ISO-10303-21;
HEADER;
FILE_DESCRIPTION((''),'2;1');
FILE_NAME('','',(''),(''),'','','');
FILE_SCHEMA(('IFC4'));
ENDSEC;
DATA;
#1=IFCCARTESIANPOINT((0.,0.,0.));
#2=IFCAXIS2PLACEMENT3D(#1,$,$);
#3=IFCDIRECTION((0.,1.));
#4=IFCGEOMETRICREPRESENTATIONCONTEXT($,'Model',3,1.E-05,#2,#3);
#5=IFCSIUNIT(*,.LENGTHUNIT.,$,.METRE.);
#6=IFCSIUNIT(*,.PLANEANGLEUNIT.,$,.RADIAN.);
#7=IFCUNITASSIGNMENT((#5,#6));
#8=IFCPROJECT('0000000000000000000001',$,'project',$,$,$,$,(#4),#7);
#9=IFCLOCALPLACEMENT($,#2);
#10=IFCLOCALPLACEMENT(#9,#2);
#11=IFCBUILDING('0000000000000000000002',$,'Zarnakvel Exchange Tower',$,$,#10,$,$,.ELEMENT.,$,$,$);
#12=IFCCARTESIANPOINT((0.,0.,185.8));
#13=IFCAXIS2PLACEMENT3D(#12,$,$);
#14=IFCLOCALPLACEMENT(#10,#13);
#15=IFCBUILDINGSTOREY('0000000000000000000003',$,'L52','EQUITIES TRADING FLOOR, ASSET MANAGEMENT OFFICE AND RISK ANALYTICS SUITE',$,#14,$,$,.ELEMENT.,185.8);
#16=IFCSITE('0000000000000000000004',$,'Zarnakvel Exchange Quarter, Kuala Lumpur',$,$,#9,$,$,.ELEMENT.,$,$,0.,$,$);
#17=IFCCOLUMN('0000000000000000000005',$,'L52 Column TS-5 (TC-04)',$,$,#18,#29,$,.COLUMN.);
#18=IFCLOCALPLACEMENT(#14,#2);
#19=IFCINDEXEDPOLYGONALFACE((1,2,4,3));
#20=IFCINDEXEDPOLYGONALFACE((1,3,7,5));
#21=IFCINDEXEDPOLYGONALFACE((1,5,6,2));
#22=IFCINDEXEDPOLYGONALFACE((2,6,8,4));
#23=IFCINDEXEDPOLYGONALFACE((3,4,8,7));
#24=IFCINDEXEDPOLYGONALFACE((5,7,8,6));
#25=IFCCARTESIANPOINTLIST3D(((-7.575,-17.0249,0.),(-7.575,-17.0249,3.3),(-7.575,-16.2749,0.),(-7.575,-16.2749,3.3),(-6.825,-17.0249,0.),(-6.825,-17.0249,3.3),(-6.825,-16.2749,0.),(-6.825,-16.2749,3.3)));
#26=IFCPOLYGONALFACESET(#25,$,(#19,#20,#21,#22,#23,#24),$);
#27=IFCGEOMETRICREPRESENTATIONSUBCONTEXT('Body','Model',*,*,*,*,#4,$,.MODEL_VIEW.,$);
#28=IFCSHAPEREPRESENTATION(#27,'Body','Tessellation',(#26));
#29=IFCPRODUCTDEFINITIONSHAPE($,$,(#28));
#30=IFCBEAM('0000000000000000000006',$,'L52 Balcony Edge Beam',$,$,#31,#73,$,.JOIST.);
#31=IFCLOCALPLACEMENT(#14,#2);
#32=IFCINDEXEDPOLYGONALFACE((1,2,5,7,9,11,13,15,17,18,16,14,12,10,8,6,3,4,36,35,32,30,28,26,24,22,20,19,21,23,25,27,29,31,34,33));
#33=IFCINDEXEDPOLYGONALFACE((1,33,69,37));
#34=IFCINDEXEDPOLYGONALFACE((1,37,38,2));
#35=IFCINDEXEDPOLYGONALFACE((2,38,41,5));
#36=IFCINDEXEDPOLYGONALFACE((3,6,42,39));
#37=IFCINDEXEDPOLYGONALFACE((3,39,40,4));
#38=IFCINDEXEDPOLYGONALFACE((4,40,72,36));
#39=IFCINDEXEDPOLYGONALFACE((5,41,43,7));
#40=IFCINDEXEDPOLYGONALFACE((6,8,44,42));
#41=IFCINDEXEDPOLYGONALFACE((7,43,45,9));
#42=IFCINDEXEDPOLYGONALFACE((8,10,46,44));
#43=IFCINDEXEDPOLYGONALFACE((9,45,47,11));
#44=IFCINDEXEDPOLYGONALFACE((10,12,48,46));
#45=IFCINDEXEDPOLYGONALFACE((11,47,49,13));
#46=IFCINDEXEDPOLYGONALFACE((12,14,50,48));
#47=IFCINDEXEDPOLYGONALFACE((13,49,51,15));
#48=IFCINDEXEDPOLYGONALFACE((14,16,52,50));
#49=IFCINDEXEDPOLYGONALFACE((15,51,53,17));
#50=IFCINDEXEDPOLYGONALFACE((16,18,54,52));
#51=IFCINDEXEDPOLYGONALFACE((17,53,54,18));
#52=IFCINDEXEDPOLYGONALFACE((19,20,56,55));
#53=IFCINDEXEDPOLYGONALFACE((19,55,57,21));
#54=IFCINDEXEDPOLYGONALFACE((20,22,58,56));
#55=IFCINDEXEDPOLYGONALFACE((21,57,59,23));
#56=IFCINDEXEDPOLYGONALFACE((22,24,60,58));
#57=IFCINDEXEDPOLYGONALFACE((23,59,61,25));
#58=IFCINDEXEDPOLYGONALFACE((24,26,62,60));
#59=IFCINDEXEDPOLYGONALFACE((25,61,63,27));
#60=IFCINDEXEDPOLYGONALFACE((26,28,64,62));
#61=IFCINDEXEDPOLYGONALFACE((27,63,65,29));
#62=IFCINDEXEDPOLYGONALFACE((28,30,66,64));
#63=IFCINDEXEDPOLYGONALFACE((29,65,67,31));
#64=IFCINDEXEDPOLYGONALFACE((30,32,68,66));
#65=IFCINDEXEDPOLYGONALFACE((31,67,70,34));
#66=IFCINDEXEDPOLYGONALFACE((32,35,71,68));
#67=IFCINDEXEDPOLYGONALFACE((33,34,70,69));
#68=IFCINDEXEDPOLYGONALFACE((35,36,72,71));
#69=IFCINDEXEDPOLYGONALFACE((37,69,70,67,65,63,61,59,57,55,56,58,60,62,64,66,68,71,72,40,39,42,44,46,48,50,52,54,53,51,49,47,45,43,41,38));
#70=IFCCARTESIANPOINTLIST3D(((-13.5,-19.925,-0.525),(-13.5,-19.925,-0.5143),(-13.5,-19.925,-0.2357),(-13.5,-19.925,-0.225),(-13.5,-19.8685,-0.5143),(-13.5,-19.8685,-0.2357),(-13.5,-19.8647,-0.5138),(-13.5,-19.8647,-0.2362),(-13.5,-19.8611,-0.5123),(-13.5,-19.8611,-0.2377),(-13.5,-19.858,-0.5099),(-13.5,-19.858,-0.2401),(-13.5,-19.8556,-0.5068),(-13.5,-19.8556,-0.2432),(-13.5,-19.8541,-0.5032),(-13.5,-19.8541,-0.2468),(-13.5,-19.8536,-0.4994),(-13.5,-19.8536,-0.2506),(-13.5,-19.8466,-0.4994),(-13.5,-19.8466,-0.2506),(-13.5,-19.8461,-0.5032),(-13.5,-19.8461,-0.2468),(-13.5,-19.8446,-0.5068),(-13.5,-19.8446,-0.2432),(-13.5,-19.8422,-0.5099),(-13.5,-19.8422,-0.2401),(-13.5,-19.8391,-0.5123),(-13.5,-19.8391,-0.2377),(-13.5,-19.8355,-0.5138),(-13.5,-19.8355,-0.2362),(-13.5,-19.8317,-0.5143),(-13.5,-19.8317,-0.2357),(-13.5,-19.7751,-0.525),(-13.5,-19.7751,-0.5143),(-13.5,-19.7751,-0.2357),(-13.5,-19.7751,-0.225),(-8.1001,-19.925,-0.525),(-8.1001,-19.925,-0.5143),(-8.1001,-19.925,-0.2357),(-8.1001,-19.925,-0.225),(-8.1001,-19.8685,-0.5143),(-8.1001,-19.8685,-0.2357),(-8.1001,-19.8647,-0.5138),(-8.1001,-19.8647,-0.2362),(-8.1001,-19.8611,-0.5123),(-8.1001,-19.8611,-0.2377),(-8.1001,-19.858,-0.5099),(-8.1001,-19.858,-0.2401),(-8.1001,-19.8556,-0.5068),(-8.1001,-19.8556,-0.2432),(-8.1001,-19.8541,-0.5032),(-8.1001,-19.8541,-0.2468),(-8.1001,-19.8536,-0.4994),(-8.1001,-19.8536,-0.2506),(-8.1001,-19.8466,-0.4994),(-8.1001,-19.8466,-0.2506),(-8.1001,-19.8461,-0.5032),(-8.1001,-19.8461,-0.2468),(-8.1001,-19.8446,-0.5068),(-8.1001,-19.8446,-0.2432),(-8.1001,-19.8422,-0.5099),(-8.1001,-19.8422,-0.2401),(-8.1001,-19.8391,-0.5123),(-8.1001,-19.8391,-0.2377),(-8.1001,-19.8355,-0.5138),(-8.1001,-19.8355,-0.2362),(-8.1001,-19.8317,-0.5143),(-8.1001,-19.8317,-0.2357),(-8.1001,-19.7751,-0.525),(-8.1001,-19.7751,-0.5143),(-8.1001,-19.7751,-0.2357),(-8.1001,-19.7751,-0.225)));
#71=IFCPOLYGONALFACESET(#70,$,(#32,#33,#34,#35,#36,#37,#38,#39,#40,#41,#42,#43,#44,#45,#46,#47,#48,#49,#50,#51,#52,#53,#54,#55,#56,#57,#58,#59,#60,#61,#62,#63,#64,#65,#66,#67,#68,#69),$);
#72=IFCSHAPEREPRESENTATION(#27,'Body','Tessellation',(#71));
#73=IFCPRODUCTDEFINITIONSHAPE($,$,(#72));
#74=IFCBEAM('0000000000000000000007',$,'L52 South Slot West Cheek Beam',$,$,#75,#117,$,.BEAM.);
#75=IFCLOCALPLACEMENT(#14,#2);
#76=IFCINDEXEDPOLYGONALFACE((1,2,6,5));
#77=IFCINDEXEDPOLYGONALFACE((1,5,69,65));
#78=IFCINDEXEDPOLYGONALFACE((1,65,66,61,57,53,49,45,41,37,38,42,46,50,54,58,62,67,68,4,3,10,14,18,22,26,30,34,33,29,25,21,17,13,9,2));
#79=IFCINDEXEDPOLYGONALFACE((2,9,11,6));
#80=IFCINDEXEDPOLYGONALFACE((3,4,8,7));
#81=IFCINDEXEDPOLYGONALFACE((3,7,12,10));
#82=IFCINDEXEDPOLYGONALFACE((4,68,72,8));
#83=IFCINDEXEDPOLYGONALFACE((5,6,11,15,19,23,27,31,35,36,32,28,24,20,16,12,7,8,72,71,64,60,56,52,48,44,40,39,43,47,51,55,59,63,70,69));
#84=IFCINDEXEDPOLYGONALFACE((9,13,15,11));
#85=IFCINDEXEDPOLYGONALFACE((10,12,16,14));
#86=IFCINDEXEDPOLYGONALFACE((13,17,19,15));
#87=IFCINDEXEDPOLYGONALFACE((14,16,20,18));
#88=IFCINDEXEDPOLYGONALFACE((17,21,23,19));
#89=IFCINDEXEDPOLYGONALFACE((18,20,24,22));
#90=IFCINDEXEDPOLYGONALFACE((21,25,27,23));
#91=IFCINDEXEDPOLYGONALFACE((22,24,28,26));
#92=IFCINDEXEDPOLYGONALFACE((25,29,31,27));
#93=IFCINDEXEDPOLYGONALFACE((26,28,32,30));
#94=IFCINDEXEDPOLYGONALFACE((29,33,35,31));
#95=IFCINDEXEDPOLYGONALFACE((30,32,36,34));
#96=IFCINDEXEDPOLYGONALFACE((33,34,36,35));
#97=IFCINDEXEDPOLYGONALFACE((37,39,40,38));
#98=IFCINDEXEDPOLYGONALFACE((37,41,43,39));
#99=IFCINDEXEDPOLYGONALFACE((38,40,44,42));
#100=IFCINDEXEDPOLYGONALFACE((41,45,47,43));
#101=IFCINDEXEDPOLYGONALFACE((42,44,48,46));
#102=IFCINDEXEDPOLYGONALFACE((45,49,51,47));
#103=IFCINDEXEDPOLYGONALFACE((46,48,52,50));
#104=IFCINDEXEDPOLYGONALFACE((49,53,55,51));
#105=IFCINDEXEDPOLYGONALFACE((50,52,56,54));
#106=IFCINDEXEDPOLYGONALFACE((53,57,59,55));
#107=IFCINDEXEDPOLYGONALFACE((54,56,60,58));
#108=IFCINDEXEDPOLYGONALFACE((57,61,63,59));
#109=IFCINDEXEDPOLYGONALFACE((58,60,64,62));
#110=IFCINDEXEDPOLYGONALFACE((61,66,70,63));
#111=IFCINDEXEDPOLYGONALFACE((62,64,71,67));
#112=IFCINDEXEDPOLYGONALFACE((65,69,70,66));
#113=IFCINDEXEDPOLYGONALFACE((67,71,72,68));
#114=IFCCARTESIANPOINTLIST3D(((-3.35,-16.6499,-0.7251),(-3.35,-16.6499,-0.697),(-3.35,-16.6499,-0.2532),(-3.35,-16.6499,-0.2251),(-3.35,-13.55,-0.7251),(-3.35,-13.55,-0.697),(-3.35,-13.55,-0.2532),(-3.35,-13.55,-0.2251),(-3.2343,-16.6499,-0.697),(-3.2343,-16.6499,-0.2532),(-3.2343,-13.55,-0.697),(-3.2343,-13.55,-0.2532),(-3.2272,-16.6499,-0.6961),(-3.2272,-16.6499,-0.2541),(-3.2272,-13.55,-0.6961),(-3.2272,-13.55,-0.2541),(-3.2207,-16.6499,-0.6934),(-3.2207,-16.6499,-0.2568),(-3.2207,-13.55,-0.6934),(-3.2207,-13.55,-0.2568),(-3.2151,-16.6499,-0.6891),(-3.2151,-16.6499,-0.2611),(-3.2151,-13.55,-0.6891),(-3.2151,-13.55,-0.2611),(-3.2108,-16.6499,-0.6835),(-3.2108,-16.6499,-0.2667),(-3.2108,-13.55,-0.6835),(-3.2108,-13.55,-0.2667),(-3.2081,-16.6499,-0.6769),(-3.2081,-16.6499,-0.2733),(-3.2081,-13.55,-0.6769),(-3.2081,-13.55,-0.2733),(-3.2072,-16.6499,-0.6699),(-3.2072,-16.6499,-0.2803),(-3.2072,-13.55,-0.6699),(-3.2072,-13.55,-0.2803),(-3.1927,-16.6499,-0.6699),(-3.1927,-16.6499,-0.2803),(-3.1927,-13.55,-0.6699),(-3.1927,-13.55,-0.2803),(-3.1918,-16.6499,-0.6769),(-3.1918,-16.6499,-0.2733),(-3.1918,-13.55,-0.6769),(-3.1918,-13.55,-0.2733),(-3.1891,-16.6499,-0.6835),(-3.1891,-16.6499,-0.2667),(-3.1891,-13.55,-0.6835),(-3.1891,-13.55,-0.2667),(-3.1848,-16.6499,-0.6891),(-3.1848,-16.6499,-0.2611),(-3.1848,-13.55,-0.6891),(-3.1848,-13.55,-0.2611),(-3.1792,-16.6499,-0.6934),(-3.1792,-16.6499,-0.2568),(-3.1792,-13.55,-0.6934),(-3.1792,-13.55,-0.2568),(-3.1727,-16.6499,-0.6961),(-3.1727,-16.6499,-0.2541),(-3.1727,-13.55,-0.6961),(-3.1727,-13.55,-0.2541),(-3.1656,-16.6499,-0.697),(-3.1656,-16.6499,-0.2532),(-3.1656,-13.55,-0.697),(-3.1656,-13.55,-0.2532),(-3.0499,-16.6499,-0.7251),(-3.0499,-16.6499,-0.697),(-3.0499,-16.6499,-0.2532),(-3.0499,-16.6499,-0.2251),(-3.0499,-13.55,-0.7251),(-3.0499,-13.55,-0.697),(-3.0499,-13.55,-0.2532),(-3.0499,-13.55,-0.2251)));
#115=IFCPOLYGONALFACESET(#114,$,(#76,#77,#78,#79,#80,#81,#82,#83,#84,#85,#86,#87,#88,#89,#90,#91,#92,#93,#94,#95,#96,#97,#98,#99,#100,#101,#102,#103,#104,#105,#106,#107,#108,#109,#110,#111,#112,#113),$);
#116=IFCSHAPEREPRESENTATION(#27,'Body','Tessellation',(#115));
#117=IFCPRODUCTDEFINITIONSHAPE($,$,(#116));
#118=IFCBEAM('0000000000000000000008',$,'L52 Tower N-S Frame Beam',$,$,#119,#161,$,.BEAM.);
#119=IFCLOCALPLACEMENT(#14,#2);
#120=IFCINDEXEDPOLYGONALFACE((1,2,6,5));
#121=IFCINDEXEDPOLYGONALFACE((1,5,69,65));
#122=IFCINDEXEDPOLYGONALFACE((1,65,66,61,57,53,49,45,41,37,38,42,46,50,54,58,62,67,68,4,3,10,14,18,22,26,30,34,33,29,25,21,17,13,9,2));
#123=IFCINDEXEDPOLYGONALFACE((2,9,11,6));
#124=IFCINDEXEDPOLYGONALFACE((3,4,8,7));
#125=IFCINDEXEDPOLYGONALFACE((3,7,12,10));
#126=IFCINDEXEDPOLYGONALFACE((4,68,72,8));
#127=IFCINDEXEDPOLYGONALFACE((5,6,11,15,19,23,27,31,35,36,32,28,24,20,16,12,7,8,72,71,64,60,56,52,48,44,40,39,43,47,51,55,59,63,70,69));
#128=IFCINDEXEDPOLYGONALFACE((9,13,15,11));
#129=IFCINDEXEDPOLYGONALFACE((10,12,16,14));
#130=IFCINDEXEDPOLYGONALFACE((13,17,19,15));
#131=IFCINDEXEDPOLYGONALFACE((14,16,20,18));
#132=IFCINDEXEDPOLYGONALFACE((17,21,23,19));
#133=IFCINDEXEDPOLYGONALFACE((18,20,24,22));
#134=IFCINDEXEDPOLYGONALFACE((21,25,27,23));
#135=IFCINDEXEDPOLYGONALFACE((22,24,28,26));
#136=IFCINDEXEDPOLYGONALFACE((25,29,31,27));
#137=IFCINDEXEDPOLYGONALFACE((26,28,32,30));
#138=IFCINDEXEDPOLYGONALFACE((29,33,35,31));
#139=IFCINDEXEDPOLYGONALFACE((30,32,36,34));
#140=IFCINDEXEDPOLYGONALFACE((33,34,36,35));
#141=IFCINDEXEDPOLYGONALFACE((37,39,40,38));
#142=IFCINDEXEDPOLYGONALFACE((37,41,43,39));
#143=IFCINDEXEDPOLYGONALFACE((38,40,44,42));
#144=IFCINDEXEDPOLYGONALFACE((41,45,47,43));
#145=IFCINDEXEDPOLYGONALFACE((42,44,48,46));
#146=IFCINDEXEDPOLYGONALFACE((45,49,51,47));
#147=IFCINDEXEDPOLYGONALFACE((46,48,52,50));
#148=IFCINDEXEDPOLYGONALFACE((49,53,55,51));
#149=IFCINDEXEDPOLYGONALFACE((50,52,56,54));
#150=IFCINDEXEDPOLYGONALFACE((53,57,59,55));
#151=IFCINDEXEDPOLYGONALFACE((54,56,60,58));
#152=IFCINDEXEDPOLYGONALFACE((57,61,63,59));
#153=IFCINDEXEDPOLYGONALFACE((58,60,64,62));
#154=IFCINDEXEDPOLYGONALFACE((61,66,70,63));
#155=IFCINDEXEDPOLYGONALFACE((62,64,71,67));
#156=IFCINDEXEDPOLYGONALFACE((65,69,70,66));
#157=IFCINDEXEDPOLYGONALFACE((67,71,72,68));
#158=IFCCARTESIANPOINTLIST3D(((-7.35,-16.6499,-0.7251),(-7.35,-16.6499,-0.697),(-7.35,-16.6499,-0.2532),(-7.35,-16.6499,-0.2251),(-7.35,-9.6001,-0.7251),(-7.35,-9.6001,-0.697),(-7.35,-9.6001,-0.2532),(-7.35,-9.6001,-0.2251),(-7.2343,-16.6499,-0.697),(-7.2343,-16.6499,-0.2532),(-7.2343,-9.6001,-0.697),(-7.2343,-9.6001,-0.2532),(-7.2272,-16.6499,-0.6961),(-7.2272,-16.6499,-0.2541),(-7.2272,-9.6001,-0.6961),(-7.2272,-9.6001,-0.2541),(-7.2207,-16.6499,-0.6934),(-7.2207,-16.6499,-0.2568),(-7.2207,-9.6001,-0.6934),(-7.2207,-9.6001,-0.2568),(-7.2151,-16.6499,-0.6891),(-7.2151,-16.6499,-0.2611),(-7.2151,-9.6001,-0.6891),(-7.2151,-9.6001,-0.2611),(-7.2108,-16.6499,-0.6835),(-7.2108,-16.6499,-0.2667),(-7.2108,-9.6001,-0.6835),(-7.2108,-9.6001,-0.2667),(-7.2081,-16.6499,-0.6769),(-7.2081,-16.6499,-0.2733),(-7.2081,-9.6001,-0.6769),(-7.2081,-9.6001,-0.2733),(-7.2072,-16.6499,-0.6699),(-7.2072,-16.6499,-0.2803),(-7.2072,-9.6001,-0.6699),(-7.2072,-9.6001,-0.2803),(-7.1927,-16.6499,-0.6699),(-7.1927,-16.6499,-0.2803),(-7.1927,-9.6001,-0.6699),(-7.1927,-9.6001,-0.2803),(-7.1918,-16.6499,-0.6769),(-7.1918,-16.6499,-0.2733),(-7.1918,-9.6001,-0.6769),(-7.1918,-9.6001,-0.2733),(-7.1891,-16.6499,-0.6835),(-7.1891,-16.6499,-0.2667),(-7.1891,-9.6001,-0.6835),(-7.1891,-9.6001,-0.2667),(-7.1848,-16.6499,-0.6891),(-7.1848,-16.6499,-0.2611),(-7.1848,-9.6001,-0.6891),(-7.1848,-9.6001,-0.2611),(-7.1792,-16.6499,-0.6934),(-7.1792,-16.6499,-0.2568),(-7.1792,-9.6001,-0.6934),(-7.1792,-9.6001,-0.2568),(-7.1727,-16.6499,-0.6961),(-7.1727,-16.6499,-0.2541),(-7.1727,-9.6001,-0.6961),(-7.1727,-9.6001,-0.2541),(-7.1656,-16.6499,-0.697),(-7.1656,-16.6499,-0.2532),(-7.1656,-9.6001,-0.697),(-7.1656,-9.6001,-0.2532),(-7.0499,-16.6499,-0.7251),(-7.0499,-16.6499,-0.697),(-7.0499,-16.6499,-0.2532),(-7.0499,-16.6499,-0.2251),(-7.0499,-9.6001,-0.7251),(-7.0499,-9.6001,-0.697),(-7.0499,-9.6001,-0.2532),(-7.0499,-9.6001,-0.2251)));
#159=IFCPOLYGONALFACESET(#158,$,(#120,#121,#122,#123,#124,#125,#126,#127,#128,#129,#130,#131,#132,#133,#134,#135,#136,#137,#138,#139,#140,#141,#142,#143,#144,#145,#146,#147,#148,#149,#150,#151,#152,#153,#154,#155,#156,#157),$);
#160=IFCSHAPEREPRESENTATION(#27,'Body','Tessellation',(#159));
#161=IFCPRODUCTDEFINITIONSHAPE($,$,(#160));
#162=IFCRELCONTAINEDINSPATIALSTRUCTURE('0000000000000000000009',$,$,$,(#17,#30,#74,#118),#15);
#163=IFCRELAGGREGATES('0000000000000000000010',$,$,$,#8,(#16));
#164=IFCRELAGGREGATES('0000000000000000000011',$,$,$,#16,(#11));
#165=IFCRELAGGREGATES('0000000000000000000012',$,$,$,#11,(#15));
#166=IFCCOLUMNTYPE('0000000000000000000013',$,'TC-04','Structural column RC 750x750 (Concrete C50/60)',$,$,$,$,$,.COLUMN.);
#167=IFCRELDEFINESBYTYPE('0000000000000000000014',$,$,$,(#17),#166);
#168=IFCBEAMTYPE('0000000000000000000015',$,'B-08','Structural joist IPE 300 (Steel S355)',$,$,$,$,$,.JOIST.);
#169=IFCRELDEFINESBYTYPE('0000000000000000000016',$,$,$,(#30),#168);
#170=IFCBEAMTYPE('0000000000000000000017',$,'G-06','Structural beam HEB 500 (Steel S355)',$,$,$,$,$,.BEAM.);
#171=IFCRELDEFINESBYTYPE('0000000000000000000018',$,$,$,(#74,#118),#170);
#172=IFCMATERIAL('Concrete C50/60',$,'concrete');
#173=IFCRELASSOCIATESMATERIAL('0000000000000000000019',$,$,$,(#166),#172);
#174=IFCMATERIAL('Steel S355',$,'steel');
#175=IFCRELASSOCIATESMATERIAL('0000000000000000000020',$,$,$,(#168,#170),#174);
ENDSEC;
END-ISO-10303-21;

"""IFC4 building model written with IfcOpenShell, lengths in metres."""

from ifc_helpers import new_model, si_unit, direction, frame, origin, origin_2d, place, context, subcontext, project, spatial, rectangle, i_section, extrude, material, material_profile, profile_set, type_object, element, save


model = new_model("IFC4")

# Units and contexts
model_context = context("Model", 3, precision=1e-05, world=origin(), true_north=direction((0.0, 1.0)))
body_context = subcontext(model_context, "Body", "Model", "MODEL_VIEW")
ifc_project = project(units=[si_unit("LENGTHUNIT", "METRE"), si_unit("PLANEANGLEUNIT", "RADIAN")], contexts=[model_context])

# Site, building, storey
site_placement = place(None, origin())
site = spatial("IfcSite", under=ifc_project, at=site_placement, Name="Zarnakvel Exchange Quarter, Kuala Lumpur", CompositionType="ELEMENT", RefElevation=0.0)
building_placement = place(site_placement, origin())
building = spatial("IfcBuilding", under=site, at=building_placement, Name="Zarnakvel Exchange Tower", CompositionType="ELEMENT")
storey_placement = place(building_placement, frame((0.0, 0.0, 185.8)))
storey = spatial("IfcBuildingStorey", under=building, at=storey_placement, Name="L52", Description="EQUITIES TRADING FLOOR, ASSET MANAGEMENT OFFICE AND RISK ANALYTICS SUITE", CompositionType="ELEMENT", Elevation=185.8)

# Column
ifc_material_1 = material(Name="Concrete C50/60", Category="concrete")
ifc_material_profile_1 = material_profile(ifc_material_1, rectangle(XDim=0.75, YDim=0.75, at=origin_2d()))
ifc_profile_set_1 = profile_set([ifc_material_profile_1], Name="Concrete C50/60")
column_type = type_object("IfcColumnType", Name="TC-04", Description="Structural column RC 750x750 (Concrete C50/60)", PredefinedType="COLUMN", material=ifc_profile_set_1)
column_placement = place(storey_placement, frame((-7.2, -16.6499, 0.0), z_axis=(0.0, 0.0, 1.0), x_axis=(1.0, 0.0, 0.0)))
element("IfcColumn", 1, at=column_placement, inside=storey, type_object=column_type, Name="L52 Column TS-5 (TC-04)", PredefinedType="COLUMN", context=body_context, shape_type="SweptSolid", body=[
    extrude(rectangle(XDim=0.75, YDim=0.75, at=origin_2d()), origin(), (0.0, 0.0, 1.0), 3.3),
])

# Beams
ifc_material_2 = material(Name="Steel S355", Category="steel")
ifc_material_profile_2 = material_profile(ifc_material_2, i_section(OverallWidth=0.1499, OverallDepth=0.3, WebThickness=0.0071, FlangeThickness=0.0107, FilletRadius=0.0149, at=origin_2d()))
ifc_profile_set_2 = profile_set([ifc_material_profile_2], Name="Steel S355")
beam_type_1 = type_object("IfcBeamType", Name="B-08", Description="Structural joist IPE 300 (Steel S355)", PredefinedType="JOIST", material=ifc_profile_set_2)
beam_1_placement = place(storey_placement, frame((-13.5, -19.8501, -0.375), z_axis=(1.0, 0.0, 0.0), x_axis=(0.0, 1.0, 0.0)))
element("IfcBeam", 2, at=beam_1_placement, inside=storey, type_object=beam_type_1, Name="L52 Balcony Edge Beam", PredefinedType="JOIST", context=body_context, shape_type="SweptSolid", body=[
    extrude(i_section(OverallWidth=0.1499, OverallDepth=0.3, WebThickness=0.0071, FlangeThickness=0.0107, FilletRadius=0.0149, at=origin_2d()), origin(), (0.0, 0.0, 1.0), 5.3999),
])
ifc_material_profile_3 = material_profile(ifc_material_2, i_section(OverallWidth=0.3, OverallDepth=0.5, WebThickness=0.0144, FlangeThickness=0.0281, FilletRadius=0.0271, at=origin_2d()))
ifc_profile_set_3 = profile_set([ifc_material_profile_3], Name="Steel S355")
beam_type_2 = type_object("IfcBeamType", Name="G-06", Description="Structural beam HEB 500 (Steel S355)", PredefinedType="BEAM", material=ifc_profile_set_3)
beam_2_placement = place(storey_placement, frame((-3.2, -16.6499, -0.4751), z_axis=(0.0, 1.0, 0.0), x_axis=(-1.0, 0.0, 0.0)))
element("IfcBeam", 3, at=beam_2_placement, inside=storey, type_object=beam_type_2, Name="L52 South Slot West Cheek Beam", PredefinedType="BEAM", context=body_context, shape_type="SweptSolid", body=[
    extrude(i_section(OverallWidth=0.3, OverallDepth=0.5, WebThickness=0.0144, FlangeThickness=0.0281, FilletRadius=0.0271, at=origin_2d()), origin(), (0.0, 0.0, 1.0), 3.0999),
])
beam_3_placement = place(storey_placement, frame((-7.2, -16.6499, -0.4751), z_axis=(0.0, 1.0, 0.0), x_axis=(-1.0, 0.0, 0.0)))
element("IfcBeam", 4, at=beam_3_placement, inside=storey, type_object=beam_type_2, Name="L52 Tower N-S Frame Beam", PredefinedType="BEAM", context=body_context, shape_type="SweptSolid", body=[
    extrude(i_section(OverallWidth=0.3, OverallDepth=0.5, WebThickness=0.0144, FlangeThickness=0.0281, FilletRadius=0.0271, at=origin_2d()), origin(), (0.0, 0.0, 1.0), 7.0498),
])

save(model, "model.ifc")
